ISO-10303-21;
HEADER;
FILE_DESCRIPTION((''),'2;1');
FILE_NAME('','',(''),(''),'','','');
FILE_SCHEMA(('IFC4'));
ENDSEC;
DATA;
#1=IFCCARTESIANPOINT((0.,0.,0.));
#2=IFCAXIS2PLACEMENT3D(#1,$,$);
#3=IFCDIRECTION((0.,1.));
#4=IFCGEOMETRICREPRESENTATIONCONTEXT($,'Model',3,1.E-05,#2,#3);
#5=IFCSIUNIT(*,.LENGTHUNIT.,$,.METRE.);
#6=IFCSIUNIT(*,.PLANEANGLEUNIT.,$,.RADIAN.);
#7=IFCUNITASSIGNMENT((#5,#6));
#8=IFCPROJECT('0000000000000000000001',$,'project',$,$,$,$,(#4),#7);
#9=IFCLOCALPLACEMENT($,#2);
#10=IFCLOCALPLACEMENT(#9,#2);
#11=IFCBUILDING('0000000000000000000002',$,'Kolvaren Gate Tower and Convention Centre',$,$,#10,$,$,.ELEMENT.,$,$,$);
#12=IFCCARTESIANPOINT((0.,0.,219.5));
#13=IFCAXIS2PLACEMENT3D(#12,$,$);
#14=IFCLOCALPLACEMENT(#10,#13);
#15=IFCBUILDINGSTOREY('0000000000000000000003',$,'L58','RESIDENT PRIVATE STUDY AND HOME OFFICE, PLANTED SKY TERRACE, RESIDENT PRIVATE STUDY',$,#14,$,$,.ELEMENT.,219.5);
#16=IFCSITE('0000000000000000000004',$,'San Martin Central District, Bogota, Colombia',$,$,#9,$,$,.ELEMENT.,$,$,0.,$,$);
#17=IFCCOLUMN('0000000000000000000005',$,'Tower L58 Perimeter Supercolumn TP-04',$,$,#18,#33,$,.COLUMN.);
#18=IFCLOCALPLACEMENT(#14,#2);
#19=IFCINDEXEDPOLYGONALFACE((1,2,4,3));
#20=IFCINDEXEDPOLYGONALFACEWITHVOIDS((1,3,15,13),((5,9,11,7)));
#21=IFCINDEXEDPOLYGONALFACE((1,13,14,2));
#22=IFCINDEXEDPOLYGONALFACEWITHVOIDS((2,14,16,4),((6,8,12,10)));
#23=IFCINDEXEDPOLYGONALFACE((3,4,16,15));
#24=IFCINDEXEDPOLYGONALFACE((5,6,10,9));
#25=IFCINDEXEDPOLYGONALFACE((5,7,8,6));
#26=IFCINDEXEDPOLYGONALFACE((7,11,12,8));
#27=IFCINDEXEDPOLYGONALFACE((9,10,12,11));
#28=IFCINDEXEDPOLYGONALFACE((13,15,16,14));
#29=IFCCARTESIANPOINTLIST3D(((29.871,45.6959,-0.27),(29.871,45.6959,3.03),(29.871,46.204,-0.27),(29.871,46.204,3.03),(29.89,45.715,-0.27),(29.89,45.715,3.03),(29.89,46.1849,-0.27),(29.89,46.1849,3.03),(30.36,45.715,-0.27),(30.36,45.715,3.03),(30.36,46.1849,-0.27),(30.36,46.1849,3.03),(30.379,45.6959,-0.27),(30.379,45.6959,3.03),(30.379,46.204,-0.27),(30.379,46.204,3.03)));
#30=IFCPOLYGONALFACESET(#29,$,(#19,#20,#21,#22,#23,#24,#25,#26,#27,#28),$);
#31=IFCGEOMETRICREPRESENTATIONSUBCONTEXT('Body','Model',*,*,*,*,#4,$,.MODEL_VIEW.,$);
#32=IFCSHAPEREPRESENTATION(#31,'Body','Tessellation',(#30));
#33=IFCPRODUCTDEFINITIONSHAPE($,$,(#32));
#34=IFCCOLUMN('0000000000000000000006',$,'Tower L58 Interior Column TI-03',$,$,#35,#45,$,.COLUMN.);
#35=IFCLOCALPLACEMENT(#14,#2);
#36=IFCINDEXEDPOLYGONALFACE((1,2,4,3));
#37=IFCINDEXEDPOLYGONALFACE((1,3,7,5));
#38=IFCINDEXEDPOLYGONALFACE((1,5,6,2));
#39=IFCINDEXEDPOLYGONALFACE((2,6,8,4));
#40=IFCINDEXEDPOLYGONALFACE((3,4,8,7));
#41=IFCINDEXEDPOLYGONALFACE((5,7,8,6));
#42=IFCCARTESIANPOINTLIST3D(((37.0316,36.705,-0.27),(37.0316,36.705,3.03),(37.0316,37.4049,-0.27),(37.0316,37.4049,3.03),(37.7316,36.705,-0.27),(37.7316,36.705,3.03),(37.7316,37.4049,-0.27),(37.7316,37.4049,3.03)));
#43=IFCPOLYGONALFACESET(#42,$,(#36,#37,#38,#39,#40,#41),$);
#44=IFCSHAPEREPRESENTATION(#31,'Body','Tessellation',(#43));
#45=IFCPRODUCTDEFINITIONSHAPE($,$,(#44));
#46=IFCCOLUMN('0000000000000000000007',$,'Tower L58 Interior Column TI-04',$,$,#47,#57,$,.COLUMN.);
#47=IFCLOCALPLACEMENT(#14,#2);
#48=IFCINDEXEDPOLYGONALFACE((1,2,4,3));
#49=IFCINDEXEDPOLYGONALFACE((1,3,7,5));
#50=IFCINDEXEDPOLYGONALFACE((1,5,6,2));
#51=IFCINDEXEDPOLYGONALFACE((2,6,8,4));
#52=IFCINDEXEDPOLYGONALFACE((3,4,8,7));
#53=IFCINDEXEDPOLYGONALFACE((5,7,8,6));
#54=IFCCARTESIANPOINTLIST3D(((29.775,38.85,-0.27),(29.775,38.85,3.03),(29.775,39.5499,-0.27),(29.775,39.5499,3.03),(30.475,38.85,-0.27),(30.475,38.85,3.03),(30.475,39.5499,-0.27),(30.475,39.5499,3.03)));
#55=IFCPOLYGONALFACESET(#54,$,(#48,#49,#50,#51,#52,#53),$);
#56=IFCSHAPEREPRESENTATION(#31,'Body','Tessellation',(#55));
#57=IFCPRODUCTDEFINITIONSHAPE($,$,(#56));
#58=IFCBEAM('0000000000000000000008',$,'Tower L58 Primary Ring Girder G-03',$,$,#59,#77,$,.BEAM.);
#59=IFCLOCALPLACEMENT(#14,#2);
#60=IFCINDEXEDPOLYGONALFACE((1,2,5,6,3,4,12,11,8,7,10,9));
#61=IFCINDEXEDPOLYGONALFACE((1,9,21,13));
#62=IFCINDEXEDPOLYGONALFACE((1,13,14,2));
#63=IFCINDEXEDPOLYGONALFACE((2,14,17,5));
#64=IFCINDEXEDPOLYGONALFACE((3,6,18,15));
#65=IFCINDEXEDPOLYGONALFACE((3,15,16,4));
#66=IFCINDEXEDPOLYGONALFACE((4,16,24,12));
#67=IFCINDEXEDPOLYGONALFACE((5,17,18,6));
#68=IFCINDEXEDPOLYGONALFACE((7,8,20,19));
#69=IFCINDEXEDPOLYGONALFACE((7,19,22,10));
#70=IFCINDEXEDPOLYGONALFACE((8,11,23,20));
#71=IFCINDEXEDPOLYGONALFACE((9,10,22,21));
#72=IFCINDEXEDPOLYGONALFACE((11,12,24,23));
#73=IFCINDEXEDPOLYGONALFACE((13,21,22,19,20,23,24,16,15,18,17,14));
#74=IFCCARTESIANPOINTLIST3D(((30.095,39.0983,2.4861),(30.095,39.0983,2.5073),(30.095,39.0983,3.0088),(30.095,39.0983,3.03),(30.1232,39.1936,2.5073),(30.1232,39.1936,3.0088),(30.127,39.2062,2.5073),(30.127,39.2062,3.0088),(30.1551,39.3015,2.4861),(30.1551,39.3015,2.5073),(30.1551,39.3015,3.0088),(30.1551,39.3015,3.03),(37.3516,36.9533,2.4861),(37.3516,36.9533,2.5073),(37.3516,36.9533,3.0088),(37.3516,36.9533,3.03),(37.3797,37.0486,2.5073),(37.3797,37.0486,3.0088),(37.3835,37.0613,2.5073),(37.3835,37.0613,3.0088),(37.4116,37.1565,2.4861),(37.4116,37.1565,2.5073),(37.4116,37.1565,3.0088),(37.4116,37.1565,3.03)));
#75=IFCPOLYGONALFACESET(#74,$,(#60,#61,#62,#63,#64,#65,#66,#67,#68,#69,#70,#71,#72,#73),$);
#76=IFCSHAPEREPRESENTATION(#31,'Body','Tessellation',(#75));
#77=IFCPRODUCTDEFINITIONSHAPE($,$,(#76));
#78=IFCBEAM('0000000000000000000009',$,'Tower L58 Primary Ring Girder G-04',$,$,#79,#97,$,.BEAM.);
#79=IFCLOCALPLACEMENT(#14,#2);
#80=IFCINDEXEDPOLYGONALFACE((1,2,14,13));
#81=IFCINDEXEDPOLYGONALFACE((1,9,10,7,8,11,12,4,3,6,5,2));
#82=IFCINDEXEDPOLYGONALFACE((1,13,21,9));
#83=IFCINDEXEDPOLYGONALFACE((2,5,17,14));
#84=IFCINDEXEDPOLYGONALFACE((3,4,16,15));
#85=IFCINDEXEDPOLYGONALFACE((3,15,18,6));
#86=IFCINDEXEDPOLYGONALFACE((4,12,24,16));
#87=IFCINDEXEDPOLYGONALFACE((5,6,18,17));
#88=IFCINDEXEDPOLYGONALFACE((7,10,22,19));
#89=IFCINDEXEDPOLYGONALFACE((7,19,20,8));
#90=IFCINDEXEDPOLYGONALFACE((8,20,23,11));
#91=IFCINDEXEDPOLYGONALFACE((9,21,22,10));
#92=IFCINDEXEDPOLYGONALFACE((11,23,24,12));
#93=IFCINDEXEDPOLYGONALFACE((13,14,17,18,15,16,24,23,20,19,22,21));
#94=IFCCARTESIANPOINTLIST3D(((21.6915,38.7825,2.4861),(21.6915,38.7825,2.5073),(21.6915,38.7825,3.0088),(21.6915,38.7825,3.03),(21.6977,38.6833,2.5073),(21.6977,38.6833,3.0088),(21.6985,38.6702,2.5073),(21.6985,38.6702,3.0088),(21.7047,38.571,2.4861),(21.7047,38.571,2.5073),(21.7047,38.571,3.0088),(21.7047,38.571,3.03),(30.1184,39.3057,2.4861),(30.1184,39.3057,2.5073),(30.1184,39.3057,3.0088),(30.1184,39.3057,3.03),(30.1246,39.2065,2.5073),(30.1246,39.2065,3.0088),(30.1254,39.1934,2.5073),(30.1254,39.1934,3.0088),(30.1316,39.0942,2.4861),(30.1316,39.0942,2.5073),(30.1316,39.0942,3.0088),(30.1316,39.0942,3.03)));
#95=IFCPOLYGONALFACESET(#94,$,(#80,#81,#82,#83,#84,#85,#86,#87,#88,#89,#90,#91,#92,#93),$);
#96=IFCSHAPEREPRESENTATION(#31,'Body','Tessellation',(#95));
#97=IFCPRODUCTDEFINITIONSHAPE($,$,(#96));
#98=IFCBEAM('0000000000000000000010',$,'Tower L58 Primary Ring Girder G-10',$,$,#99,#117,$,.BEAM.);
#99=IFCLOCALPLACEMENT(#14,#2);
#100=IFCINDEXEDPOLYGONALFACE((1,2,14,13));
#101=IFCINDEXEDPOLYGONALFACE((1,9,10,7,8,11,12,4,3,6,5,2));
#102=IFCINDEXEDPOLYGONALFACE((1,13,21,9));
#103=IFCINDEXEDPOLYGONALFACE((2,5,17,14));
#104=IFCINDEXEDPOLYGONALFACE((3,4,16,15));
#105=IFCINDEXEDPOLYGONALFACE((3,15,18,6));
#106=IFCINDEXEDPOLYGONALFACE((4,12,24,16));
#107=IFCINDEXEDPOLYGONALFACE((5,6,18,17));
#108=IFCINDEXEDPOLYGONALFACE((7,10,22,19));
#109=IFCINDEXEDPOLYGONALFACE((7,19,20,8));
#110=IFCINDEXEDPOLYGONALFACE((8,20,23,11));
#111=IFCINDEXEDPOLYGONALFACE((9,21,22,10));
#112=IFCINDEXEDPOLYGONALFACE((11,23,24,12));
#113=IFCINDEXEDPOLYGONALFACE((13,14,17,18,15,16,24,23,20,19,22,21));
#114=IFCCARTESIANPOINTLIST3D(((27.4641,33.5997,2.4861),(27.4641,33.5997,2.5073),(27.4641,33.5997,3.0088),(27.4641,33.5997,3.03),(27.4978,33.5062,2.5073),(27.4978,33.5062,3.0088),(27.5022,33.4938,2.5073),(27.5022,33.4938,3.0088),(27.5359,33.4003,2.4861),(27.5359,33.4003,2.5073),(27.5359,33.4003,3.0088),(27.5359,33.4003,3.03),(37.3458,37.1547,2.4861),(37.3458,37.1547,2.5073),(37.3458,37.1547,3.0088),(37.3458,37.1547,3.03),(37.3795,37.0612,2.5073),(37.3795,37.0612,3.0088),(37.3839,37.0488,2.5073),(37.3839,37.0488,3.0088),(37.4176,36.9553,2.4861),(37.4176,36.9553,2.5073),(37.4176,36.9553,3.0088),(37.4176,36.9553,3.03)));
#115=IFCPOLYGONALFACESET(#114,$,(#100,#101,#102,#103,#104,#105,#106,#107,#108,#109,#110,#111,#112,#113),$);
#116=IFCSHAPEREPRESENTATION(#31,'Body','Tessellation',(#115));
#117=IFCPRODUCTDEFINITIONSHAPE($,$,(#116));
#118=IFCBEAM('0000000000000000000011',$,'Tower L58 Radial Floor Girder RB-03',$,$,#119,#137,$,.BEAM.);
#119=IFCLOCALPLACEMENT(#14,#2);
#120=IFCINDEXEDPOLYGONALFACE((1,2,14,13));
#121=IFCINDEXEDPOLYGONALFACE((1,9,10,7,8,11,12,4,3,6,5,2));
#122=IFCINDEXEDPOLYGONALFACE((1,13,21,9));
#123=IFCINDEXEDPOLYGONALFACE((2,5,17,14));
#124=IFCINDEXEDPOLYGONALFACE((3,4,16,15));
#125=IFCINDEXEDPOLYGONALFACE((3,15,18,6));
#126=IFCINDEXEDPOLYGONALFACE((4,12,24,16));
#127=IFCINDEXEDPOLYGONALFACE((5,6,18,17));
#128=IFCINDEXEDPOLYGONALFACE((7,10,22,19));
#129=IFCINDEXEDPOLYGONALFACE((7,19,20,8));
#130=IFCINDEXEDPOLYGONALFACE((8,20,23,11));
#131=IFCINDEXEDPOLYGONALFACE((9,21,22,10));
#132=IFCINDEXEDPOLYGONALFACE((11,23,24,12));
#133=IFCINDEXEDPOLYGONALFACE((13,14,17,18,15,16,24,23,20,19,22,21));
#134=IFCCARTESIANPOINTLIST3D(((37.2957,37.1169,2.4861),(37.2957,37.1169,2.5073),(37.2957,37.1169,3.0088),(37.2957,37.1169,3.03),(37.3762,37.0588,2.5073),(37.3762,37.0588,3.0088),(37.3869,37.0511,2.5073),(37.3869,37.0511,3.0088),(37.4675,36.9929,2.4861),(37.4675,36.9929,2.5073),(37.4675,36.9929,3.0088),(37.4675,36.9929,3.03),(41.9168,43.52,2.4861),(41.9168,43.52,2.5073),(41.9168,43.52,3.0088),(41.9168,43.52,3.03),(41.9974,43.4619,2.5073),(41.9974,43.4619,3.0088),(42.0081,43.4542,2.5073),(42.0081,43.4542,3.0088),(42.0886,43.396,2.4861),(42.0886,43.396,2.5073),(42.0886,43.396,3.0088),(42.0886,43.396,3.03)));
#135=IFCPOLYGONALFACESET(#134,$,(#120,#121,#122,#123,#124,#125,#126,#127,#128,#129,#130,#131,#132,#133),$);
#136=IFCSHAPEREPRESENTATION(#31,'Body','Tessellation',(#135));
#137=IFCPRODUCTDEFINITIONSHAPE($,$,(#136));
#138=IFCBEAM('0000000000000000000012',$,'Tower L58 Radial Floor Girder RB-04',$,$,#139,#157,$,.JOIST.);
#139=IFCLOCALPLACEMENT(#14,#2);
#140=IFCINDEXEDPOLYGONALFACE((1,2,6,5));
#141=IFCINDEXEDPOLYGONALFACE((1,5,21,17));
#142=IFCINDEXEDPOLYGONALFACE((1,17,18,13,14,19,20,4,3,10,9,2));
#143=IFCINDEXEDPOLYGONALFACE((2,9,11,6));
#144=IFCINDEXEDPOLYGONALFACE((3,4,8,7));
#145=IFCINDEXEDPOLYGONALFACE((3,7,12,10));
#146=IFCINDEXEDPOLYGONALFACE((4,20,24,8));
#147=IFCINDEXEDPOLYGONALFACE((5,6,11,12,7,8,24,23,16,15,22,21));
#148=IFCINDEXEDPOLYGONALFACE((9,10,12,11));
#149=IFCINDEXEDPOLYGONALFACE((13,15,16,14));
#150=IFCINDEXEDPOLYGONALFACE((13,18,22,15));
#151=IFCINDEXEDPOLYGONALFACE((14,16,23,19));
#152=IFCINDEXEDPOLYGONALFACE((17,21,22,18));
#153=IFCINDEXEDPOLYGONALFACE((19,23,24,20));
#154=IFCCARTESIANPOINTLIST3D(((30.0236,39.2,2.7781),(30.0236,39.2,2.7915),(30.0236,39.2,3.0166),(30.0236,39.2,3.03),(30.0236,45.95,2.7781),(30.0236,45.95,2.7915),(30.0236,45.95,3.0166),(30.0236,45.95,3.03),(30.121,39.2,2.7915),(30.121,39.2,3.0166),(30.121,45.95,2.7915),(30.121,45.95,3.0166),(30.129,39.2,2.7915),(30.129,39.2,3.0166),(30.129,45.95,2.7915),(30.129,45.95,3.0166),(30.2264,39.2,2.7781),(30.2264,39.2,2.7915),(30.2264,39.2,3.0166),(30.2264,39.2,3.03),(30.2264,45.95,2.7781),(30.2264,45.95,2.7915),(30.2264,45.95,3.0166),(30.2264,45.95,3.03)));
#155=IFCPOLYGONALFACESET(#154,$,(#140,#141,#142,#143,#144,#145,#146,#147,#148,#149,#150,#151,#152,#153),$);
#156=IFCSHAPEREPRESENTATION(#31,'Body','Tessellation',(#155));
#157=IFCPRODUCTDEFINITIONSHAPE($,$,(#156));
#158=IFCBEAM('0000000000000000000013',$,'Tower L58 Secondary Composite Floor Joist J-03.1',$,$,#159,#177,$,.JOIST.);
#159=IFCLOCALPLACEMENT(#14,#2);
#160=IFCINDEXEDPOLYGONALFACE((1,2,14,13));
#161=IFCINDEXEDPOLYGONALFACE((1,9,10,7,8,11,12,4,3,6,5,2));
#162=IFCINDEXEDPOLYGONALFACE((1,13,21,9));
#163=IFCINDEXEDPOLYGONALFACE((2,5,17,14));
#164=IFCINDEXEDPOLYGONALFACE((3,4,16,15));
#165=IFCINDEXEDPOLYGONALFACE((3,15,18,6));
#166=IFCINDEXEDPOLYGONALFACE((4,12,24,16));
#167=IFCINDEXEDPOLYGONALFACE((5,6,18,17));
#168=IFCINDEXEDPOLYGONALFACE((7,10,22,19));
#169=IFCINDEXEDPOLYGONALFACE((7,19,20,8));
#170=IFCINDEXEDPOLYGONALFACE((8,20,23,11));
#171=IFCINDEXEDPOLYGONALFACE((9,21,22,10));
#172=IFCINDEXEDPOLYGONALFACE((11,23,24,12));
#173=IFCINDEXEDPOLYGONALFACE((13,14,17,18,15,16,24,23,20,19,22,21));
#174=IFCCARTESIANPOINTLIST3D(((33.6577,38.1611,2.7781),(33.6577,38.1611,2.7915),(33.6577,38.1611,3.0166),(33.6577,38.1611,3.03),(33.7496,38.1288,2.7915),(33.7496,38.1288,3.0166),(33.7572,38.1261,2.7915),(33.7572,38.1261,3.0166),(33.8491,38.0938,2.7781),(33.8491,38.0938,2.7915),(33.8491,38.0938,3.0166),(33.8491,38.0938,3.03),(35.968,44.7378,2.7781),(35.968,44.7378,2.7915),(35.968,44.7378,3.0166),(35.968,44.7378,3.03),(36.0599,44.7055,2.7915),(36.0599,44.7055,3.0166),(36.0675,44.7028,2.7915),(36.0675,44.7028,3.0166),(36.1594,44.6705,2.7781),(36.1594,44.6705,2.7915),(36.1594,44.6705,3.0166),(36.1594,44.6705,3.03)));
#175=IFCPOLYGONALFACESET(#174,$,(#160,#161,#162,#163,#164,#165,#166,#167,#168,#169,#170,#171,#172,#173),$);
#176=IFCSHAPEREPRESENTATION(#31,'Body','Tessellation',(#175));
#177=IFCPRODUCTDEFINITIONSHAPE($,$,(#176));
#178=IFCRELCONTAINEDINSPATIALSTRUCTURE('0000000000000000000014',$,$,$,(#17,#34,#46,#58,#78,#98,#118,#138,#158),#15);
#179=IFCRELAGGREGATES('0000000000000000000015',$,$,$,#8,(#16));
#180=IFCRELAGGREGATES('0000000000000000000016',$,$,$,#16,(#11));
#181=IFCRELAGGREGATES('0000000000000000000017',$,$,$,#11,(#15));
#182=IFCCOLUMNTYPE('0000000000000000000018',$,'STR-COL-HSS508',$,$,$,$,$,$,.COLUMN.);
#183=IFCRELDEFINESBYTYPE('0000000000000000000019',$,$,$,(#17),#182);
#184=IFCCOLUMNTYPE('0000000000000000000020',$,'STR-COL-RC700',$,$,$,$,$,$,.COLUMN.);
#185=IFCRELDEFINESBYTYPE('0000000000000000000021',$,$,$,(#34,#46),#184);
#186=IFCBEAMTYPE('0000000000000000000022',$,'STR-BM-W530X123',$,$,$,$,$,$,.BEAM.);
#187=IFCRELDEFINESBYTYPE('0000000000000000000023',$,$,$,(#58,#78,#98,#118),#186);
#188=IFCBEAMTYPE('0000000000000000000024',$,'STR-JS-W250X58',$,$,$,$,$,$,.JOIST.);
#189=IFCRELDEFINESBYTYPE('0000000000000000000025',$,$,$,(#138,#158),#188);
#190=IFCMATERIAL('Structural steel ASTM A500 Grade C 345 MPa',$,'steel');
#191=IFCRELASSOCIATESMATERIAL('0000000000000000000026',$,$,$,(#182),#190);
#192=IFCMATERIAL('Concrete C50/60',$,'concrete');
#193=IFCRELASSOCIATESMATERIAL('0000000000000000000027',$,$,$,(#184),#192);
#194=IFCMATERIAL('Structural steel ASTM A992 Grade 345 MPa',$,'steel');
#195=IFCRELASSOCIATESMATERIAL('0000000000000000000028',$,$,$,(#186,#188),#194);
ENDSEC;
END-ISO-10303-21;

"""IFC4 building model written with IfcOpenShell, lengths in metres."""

from ifc_helpers import new_model, si_unit, direction, frame, origin, origin_2d, place, context, subcontext, project, spatial, rectangle, hollow_rectangle, i_section, extrude, material, material_profile, profile_set, type_object, element, save


model = new_model("IFC4")

# Units and contexts
model_context = context("Model", 3, precision=1e-05, world=origin(), true_north=direction((0.0, 1.0)))
body_context = subcontext(model_context, "Body", "Model", "MODEL_VIEW")
ifc_project = project(units=[si_unit("LENGTHUNIT", "METRE"), si_unit("PLANEANGLEUNIT", "RADIAN")], contexts=[model_context])

# Site, building, storey
site_placement = place(None, origin())
site = spatial("IfcSite", under=ifc_project, at=site_placement, Name="San Martin Central District, Bogota, Colombia", CompositionType="ELEMENT", RefElevation=0.0)
building_placement = place(site_placement, origin())
building = spatial("IfcBuilding", under=site, at=building_placement, Name="Kolvaren Gate Tower and Convention Centre", CompositionType="ELEMENT")
storey_placement = place(building_placement, frame((0.0, 0.0, 219.5)))
storey = spatial("IfcBuildingStorey", under=building, at=storey_placement, Name="L58", Description="RESIDENT PRIVATE STUDY AND HOME OFFICE, PLANTED SKY TERRACE, RESIDENT PRIVATE STUDY", CompositionType="ELEMENT", Elevation=219.5)

# Columns
ifc_material_1 = material(Name="Structural steel ASTM A500 Grade C 345 MPa", Category="steel")
ifc_material_profile_1 = material_profile(ifc_material_1, hollow_rectangle(XDim=0.5081, YDim=0.5081, WallThickness=0.019, at=origin_2d()), Name="HSS508X508X19.1")
ifc_profile_set_1 = profile_set([ifc_material_profile_1], Name="Structural steel ASTM A500 Grade C 345 MPa")
column_type_1 = type_object("IfcColumnType", Name="STR-COL-HSS508", PredefinedType="COLUMN", material=ifc_profile_set_1)
column_placement = place(storey_placement, frame((30.125, 45.95, -0.27), z_axis=(0.0, 0.0, 1.0), x_axis=(1.0, 0.0, 0.0)))
element("IfcColumn", 1, at=column_placement, inside=storey, type_object=column_type_1, Name="Tower L58 Perimeter Supercolumn TP-04", PredefinedType="COLUMN", context=body_context, shape_type="SweptSolid", body=[
    extrude(hollow_rectangle(XDim=0.5081, YDim=0.5081, WallThickness=0.019, at=origin_2d()), origin(), (0.0, 0.0, 1.0), 3.3),
])
ifc_material_2 = material(Name="Concrete C50/60", Category="concrete")
ifc_material_profile_2 = material_profile(ifc_material_2, rectangle(XDim=0.7, YDim=0.7, at=origin_2d()), Name="RC-COL-700X700")
ifc_profile_set_2 = profile_set([ifc_material_profile_2], Name="Concrete C50/60")
column_type_2 = type_object("IfcColumnType", Name="STR-COL-RC700", PredefinedType="COLUMN", material=ifc_profile_set_2)
for number, where, z_axis, x_axis, name in (
    (2, (37.3816, 37.0549, -0.27), (0.0, 0.0, 1.0), (1.0, 0.0, 0.0), "Tower L58 Interior Column TI-03"),
    (3, (30.125, 39.2, -0.27), (0.0, 0.0, 1.0), (1.0, 0.0, 0.0), "Tower L58 Interior Column TI-04"),
):
    element("IfcColumn", number, at=place(storey_placement, frame(where, z_axis=z_axis, x_axis=x_axis)), inside=storey, type_object=column_type_2, Name=name, PredefinedType="COLUMN", context=body_context, shape_type="SweptSolid", body=[
        extrude(rectangle(XDim=0.7, YDim=0.7, at=origin_2d()), origin(), (0.0, 0.0, 1.0), 3.3),
    ])

# Beams
ifc_material_3 = material(Name="Structural steel ASTM A992 Grade 345 MPa", Category="steel")
ifc_material_profile_3 = material_profile(ifc_material_3, i_section(OverallWidth=0.2119, OverallDepth=0.5439, WebThickness=0.0132, FlangeThickness=0.0212, at=origin_2d()), Name="W530X123")
ifc_profile_set_3 = profile_set([ifc_material_profile_3], Name="Structural steel ASTM A992 Grade 345 MPa")
beam_type_1 = type_object("IfcBeamType", Name="STR-BM-W530X123", PredefinedType="BEAM", material=ifc_profile_set_3)
beam_1_placement = place(storey_placement, frame((37.3816, 37.0549, 2.7581), z_axis=(-0.958981, 0.283471, 0.0), x_axis=(-0.283471, -0.958981, 0.0)))
element("IfcBeam", 4, at=beam_1_placement, inside=storey, type_object=beam_type_1, Name="Tower L58 Primary Ring Girder G-03", PredefinedType="BEAM", context=body_context, shape_type="SweptSolid", body=[
    extrude(i_section(OverallWidth=0.2119, OverallDepth=0.5439, WebThickness=0.0132, FlangeThickness=0.0212, at=origin_2d()), origin(), (0.0, 0.0, 1.0), 7.5669),
])
beam_2_placement = place(storey_placement, frame((30.125, 39.2, 2.7581), z_axis=(-0.998078, -0.061966, 0.0), x_axis=(0.061966, -0.998078, 0.0)))
element("IfcBeam", 5, at=beam_2_placement, inside=storey, type_object=beam_type_1, Name="Tower L58 Primary Ring Girder G-04", PredefinedType="BEAM", context=body_context, shape_type="SweptSolid", body=[
    extrude(i_section(OverallWidth=0.2119, OverallDepth=0.5439, WebThickness=0.0132, FlangeThickness=0.0212, at=origin_2d()), origin(), (0.0, 0.0, 1.0), 8.4431),
])
beam_3_placement = place(storey_placement, frame((27.5, 33.5, 2.7581), z_axis=(0.940961, 0.338514, 0.0), x_axis=(-0.338514, 0.940961, 0.0)))
element("IfcBeam", 6, at=beam_3_placement, inside=storey, type_object=beam_type_1, Name="Tower L58 Primary Ring Girder G-10", PredefinedType="BEAM", context=body_context, shape_type="SweptSolid", body=[
    extrude(i_section(OverallWidth=0.2119, OverallDepth=0.5439, WebThickness=0.0132, FlangeThickness=0.0212, at=origin_2d()), origin(), (0.0, 0.0, 1.0), 10.5017),
])
beam_4_placement = place(storey_placement, frame((37.3816, 37.0549, 2.7581), z_axis=(0.585212, 0.810881, 0.0), x_axis=(-0.810881, 0.585212, 0.0)))
element("IfcBeam", 7, at=beam_4_placement, inside=storey, type_object=beam_type_1, Name="Tower L58 Radial Floor Girder RB-03", PredefinedType="BEAM", context=body_context, shape_type="SweptSolid", body=[
    extrude(i_section(OverallWidth=0.2119, OverallDepth=0.5439, WebThickness=0.0132, FlangeThickness=0.0212, at=origin_2d()), origin(), (0.0, 0.0, 1.0), 7.8965),
])
ifc_material_profile_4 = material_profile(ifc_material_3, i_section(OverallWidth=0.2029, OverallDepth=0.252, WebThickness=0.0081, FlangeThickness=0.0134, at=origin_2d()), Name="W250X58")
ifc_profile_set_4 = profile_set([ifc_material_profile_4], Name="Structural steel ASTM A992 Grade 345 MPa")
beam_type_2 = type_object("IfcBeamType", Name="STR-JS-W250X58", PredefinedType="JOIST", material=ifc_profile_set_4)
beam_5_placement = place(storey_placement, frame((30.125, 39.2, 2.9041), z_axis=(0.0, 1.0, 0.0), x_axis=(-1.0, 0.0, 0.0)))
element("IfcBeam", 8, at=beam_5_placement, inside=storey, type_object=beam_type_2, Name="Tower L58 Radial Floor Girder RB-04", PredefinedType="JOIST", context=body_context, shape_type="SweptSolid", body=[
    extrude(i_section(OverallWidth=0.2029, OverallDepth=0.252, WebThickness=0.0081, FlangeThickness=0.0134, at=origin_2d()), origin(), (0.0, 0.0, 1.0), 6.75),
])
beam_6_placement = place(storey_placement, frame((33.7534, 38.1274, 2.9041), z_axis=(0.331433, 0.943479, 0.0), x_axis=(-0.943479, 0.331433, 0.0)))
element("IfcBeam", 9, at=beam_6_placement, inside=storey, type_object=beam_type_2, Name="Tower L58 Secondary Composite Floor Joist J-03.1", PredefinedType="JOIST", context=body_context, shape_type="SweptSolid", body=[
    extrude(i_section(OverallWidth=0.2029, OverallDepth=0.252, WebThickness=0.0081, FlangeThickness=0.0134, at=origin_2d()), origin(), (0.0, 0.0, 1.0), 6.9707),
])

save(model, "model.ifc")
